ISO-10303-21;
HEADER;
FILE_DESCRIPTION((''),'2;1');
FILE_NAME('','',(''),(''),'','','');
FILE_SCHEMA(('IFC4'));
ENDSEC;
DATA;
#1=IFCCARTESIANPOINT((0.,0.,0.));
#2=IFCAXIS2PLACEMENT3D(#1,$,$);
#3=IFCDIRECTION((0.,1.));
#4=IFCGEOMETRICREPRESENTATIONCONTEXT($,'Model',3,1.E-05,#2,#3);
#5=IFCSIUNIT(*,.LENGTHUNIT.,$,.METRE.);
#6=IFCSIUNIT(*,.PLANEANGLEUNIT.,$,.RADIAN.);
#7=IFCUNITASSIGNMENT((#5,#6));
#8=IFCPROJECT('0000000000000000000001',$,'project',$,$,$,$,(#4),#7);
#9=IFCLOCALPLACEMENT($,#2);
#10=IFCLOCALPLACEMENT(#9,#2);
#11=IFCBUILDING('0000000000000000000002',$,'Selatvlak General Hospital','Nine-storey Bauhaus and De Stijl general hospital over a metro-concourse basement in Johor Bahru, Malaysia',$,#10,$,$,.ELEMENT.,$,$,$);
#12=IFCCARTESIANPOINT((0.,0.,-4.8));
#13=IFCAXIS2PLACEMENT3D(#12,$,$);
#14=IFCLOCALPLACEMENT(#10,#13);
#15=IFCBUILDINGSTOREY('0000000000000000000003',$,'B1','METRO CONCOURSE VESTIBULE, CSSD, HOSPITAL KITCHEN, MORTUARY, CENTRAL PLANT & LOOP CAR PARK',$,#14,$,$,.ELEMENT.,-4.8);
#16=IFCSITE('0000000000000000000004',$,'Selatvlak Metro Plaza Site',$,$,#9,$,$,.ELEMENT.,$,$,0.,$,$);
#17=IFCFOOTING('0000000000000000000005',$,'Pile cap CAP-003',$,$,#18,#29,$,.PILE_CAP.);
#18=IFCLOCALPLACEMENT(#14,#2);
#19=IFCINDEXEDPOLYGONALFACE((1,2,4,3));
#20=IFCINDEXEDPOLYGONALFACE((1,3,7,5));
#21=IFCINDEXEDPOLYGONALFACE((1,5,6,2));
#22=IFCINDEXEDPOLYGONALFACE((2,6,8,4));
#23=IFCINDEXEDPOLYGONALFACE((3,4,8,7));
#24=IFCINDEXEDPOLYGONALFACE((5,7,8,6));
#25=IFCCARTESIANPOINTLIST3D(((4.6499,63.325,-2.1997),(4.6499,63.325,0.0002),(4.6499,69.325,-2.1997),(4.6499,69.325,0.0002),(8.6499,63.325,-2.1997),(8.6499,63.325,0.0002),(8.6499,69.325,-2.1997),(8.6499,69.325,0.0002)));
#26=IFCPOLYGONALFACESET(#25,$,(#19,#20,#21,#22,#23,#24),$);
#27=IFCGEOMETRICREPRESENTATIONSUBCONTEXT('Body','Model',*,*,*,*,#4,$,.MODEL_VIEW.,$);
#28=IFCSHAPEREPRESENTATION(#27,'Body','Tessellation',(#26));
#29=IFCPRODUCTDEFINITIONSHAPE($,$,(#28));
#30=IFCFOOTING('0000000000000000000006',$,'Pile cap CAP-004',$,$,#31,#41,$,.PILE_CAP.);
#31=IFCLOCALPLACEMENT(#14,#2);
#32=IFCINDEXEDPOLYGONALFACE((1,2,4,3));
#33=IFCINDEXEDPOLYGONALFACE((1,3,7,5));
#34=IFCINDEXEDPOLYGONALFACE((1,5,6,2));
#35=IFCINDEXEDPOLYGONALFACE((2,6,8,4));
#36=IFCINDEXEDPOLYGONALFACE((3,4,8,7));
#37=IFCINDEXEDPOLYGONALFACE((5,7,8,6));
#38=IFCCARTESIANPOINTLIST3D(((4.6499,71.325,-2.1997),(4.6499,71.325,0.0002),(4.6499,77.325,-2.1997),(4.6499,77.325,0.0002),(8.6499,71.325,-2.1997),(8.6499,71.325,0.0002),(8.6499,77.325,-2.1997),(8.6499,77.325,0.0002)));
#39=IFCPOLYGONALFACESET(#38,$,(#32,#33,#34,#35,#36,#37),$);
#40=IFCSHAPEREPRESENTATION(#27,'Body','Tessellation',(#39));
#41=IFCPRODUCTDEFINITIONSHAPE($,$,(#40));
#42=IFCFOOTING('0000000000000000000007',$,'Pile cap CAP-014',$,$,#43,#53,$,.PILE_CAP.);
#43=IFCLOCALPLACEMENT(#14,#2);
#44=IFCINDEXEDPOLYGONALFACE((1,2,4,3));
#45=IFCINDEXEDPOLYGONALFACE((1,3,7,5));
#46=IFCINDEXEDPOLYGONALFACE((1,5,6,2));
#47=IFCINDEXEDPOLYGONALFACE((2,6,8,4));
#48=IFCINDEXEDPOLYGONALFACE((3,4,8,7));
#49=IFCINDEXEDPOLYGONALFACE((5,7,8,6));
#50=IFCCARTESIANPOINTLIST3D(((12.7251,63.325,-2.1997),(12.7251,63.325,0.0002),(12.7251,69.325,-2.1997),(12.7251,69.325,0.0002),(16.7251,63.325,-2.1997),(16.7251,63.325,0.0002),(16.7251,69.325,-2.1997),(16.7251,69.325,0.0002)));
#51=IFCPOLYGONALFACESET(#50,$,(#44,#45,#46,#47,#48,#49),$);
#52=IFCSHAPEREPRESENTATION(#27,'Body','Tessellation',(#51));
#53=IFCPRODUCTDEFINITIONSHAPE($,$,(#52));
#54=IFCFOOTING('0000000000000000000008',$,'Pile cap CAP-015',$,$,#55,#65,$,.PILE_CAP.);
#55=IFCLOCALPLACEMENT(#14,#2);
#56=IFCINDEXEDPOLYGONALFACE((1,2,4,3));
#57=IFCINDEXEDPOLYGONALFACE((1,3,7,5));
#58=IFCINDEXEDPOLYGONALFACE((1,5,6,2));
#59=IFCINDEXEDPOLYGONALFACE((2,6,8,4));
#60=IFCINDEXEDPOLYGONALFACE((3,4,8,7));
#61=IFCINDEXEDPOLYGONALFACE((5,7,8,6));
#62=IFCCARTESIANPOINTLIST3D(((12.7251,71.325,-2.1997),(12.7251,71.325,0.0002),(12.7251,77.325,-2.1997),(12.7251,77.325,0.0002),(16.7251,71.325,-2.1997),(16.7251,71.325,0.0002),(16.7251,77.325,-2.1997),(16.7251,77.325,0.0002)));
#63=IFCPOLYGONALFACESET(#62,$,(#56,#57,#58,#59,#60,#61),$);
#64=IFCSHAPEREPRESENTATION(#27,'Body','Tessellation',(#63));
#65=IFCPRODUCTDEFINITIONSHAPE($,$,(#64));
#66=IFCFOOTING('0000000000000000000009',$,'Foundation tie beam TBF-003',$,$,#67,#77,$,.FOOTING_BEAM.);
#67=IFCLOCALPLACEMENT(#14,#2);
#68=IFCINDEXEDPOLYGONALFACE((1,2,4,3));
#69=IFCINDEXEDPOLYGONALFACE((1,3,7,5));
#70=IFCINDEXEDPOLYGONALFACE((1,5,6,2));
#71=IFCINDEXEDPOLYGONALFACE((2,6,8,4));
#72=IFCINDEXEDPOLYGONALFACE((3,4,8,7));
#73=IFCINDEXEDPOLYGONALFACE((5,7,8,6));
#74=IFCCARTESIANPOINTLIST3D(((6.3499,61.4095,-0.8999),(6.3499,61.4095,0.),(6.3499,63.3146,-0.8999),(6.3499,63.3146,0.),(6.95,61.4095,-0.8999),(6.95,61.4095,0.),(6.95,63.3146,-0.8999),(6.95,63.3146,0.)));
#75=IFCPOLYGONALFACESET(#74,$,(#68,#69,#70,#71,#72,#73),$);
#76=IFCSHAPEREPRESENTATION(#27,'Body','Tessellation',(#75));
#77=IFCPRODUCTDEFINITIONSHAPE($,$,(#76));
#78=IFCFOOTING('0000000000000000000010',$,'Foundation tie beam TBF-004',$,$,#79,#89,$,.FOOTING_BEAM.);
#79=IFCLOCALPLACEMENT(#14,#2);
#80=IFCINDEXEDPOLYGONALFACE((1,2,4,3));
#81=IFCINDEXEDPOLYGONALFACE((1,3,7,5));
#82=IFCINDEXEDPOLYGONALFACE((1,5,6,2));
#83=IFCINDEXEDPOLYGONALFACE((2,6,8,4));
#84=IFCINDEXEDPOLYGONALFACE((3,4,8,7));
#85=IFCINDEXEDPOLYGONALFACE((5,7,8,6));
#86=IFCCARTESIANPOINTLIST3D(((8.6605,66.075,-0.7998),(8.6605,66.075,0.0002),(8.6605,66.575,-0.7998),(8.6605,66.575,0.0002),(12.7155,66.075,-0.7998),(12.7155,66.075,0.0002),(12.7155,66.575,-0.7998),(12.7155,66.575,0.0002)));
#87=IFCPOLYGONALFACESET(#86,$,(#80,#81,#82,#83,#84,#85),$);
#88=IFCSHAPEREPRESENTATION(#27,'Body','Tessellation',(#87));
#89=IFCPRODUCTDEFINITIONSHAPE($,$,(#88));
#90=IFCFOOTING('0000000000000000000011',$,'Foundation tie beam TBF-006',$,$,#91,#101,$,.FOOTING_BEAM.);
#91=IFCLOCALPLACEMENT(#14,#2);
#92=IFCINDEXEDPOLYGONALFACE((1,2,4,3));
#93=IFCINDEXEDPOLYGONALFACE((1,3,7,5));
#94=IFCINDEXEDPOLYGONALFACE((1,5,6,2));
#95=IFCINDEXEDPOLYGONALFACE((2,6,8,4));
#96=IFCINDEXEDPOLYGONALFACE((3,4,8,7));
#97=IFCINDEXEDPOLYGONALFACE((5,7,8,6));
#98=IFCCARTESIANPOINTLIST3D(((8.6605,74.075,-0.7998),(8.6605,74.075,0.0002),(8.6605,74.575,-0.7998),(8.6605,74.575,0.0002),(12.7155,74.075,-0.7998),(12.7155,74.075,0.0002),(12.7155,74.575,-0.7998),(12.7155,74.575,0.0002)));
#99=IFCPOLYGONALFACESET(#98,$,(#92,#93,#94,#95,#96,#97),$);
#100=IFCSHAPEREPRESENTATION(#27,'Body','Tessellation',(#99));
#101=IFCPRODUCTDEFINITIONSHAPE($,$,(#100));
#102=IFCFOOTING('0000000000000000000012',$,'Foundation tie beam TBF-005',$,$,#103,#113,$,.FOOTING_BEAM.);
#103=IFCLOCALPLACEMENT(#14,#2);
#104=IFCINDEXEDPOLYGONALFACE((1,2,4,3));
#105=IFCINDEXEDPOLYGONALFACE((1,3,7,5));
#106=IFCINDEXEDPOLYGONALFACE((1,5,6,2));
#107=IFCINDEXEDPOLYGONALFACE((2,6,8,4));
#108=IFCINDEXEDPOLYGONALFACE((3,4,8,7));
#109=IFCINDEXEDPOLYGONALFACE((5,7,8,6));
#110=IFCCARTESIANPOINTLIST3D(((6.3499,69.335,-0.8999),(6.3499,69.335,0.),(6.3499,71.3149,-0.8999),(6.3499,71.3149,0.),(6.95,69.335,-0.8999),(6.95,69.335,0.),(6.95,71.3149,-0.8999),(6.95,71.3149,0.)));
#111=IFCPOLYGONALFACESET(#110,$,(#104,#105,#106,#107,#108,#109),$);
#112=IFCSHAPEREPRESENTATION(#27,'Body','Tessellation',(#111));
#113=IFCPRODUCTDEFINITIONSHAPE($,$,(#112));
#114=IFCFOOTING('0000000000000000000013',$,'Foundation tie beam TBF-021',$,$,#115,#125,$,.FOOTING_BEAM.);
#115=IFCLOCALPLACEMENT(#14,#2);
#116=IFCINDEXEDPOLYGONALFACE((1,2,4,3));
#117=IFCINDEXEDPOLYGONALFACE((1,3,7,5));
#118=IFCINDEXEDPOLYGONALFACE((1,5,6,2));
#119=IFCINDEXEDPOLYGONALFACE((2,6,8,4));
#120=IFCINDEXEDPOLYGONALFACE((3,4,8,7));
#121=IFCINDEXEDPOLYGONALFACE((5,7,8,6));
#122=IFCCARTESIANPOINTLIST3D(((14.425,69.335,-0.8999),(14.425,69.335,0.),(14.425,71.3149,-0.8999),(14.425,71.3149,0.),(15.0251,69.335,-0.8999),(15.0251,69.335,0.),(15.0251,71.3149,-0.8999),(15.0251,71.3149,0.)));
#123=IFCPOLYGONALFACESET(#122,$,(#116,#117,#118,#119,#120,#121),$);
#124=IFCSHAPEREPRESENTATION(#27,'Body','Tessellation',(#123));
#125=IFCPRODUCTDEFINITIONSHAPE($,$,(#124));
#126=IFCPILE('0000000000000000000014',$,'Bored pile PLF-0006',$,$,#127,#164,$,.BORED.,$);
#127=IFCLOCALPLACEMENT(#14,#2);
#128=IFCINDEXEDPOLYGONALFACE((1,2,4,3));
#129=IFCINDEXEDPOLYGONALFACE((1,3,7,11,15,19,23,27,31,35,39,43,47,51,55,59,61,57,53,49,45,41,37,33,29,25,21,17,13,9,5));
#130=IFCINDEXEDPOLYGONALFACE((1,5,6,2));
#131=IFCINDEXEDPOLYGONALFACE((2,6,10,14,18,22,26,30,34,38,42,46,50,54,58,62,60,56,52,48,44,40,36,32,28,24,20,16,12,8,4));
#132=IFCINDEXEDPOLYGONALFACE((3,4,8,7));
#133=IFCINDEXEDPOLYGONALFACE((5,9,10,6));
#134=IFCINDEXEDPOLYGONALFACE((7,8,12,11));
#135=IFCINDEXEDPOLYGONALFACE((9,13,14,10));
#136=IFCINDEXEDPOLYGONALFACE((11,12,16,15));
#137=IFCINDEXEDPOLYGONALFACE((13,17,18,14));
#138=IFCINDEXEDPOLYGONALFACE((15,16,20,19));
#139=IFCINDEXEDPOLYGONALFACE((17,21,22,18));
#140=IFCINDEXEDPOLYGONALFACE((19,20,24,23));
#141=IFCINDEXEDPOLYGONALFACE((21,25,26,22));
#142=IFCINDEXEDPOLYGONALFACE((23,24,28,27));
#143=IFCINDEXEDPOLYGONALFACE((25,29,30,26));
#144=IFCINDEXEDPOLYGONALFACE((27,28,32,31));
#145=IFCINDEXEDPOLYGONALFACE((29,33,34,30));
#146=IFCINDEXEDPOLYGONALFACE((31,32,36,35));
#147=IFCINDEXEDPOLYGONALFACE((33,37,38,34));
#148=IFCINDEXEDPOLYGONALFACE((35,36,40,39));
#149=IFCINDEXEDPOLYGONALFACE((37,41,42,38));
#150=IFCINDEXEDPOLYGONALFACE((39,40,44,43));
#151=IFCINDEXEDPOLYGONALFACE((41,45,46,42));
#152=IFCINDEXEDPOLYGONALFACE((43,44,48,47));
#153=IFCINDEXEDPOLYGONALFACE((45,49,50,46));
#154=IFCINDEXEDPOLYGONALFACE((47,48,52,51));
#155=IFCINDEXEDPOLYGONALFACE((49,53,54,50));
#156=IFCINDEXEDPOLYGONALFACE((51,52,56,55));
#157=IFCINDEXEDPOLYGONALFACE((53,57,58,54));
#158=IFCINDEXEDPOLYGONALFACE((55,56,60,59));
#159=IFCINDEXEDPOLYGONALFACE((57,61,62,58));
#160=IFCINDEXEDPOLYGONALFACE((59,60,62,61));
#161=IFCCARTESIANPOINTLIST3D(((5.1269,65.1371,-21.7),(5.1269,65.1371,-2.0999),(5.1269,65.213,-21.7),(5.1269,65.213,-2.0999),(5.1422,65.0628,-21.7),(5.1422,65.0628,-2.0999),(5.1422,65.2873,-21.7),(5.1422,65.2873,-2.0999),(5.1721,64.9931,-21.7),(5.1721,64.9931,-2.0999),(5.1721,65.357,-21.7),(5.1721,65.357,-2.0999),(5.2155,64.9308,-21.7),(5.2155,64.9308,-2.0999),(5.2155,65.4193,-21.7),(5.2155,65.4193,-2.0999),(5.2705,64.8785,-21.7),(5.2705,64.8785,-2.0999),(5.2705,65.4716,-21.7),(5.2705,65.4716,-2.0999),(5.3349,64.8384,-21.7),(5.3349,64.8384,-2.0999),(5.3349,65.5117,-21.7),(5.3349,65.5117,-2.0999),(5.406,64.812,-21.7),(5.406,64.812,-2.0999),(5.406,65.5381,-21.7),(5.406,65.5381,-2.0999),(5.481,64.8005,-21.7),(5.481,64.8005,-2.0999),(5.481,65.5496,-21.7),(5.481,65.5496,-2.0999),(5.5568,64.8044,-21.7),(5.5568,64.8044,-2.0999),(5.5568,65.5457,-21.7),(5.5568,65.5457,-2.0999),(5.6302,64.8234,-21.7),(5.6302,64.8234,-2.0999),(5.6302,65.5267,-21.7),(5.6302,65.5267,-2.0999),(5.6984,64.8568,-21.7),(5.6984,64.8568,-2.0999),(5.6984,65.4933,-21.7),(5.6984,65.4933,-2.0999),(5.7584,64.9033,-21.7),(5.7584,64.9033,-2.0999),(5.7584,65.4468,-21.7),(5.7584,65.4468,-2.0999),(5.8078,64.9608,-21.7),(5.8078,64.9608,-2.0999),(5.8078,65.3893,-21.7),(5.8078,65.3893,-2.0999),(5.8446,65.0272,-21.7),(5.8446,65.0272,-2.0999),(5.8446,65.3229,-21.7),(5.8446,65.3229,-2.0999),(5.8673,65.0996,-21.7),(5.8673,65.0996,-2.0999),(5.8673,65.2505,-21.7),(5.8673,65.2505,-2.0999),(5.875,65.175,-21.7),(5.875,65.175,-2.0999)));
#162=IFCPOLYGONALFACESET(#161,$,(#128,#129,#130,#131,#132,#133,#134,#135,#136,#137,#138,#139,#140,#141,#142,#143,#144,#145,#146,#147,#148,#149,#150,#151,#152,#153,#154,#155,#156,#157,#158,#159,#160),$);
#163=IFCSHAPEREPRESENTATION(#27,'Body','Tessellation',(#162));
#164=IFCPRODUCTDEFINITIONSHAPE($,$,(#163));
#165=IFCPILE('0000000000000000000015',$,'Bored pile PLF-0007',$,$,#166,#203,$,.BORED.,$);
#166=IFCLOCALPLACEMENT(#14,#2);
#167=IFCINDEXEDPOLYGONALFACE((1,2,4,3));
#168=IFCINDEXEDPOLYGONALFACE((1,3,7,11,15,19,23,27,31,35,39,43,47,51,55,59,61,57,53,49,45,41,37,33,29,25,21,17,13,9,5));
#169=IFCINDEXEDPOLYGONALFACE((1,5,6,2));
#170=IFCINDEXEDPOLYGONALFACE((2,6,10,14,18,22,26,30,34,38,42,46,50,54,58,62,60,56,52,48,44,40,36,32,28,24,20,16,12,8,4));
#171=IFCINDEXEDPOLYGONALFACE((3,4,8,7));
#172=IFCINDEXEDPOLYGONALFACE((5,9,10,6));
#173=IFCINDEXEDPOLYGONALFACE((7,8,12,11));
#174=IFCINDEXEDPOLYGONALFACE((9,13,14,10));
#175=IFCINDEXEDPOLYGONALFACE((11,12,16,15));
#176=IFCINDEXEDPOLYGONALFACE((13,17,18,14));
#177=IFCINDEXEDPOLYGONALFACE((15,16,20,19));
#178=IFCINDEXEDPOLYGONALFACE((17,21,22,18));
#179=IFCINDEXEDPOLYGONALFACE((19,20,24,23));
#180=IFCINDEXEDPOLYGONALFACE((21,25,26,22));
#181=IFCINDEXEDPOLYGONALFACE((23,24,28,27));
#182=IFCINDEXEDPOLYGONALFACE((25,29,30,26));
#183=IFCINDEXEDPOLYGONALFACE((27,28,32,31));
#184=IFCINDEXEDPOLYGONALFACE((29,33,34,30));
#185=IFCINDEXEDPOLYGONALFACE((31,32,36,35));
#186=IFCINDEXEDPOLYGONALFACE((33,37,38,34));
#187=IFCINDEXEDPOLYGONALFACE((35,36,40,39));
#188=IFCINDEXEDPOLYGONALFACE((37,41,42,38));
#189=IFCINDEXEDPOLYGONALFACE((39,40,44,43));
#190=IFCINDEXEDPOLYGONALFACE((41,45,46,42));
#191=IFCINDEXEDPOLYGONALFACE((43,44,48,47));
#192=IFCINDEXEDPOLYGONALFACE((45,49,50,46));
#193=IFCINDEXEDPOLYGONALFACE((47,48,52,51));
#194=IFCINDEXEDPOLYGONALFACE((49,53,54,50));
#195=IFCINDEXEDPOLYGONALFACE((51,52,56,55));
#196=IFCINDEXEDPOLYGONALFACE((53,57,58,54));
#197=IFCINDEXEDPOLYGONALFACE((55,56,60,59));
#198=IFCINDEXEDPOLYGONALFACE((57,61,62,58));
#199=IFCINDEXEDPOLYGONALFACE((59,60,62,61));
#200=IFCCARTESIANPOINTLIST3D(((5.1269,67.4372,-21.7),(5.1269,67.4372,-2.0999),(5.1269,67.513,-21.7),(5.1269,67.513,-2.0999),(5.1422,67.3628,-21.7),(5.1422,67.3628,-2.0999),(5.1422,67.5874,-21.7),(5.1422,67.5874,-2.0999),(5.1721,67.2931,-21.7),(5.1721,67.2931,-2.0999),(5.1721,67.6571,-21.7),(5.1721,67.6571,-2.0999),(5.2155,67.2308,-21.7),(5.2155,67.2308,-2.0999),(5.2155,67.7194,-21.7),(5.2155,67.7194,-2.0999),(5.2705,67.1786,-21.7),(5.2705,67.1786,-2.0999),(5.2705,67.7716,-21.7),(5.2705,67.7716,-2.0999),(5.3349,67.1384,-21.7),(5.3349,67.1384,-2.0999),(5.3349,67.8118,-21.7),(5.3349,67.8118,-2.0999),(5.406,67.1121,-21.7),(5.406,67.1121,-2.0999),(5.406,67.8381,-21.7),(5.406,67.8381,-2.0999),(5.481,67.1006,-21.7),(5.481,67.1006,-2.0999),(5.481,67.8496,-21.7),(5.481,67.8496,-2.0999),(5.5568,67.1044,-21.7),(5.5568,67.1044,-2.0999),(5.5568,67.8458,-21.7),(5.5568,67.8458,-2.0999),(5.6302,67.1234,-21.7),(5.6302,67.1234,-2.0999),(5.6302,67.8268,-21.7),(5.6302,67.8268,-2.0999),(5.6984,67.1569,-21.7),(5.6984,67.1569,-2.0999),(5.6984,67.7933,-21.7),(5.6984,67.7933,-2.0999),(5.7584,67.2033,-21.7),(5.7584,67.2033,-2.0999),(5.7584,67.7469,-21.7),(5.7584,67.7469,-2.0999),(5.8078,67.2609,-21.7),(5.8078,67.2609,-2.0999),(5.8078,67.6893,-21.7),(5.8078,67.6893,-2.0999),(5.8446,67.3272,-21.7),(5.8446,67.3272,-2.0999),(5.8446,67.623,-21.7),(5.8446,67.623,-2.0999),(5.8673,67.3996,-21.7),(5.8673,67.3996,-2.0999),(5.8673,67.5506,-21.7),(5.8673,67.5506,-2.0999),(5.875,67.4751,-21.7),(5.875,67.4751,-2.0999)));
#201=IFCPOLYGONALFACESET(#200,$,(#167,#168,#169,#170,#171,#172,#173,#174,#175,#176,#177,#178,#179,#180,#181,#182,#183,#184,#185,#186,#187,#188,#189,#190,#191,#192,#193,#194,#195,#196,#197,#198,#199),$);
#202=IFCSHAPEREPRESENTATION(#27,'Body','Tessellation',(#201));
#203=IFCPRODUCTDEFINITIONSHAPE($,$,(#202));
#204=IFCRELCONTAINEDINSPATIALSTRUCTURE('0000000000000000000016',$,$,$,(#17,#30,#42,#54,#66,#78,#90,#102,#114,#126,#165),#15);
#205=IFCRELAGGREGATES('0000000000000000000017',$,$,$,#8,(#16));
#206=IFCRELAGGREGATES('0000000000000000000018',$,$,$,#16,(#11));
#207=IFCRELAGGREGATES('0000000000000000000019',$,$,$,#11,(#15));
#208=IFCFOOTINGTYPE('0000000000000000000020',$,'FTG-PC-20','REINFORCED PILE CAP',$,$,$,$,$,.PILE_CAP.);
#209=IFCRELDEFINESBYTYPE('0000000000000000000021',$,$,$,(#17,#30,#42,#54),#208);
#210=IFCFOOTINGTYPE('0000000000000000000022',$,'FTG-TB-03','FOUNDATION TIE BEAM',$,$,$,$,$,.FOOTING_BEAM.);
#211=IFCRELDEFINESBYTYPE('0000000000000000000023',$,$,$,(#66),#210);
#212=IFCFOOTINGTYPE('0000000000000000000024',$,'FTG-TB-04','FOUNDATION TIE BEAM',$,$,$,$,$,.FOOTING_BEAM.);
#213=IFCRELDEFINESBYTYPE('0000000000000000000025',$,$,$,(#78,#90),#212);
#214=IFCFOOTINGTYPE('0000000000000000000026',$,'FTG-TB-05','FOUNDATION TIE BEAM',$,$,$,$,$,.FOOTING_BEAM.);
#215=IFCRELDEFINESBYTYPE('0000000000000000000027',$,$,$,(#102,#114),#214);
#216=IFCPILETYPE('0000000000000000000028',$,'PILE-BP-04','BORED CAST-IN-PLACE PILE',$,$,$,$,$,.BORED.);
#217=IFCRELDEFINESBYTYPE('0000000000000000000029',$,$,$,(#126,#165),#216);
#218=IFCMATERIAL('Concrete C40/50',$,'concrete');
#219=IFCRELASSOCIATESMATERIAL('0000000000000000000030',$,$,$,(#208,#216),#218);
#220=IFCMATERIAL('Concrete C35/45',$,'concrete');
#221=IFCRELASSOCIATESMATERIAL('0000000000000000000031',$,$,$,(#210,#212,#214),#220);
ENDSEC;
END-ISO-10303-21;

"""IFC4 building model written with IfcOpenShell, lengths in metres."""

from ifc_helpers import new_model, si_unit, direction, frame, origin, origin_2d, place, context, subcontext, project, spatial, rectangle, circle, extrude, material, material_profile, profile_set, type_object, element, save


model = new_model("IFC4")

# Units and contexts
model_context = context("Model", 3, precision=1e-05, world=origin(), true_north=direction((0.0, 1.0)))
body_context = subcontext(model_context, "Body", "Model", "MODEL_VIEW")
ifc_project = project(units=[si_unit("LENGTHUNIT", "METRE"), si_unit("PLANEANGLEUNIT", "RADIAN")], contexts=[model_context])

# Site, building, storey
site_placement = place(None, origin())
site = spatial("IfcSite", under=ifc_project, at=site_placement, Name="Selatvlak Metro Plaza Site", CompositionType="ELEMENT", RefElevation=0.0)
building_placement = place(site_placement, origin())
building = spatial("IfcBuilding", under=site, at=building_placement, Name="Selatvlak General Hospital", Description="Nine-storey Bauhaus and De Stijl general hospital over a metro-concourse basement in Johor Bahru, Malaysia", CompositionType="ELEMENT")
storey_placement = place(building_placement, frame((0.0, 0.0, -4.8)))
storey = spatial("IfcBuildingStorey", under=building, at=storey_placement, Name="B1", Description="METRO CONCOURSE VESTIBULE, CSSD, HOSPITAL KITCHEN, MORTUARY, CENTRAL PLANT & LOOP CAR PARK", CompositionType="ELEMENT", Elevation=-4.8)

# Footings
ifc_material_1 = material(Name="Concrete C40/50", Category="concrete")
footing_type_1 = type_object("IfcFootingType", Name="FTG-PC-20", Description="REINFORCED PILE CAP", PredefinedType="PILE_CAP", material=ifc_material_1)
for number, where, z_axis, x_axis, name in (
    (1, (6.6499, 66.325, -2.1997), (0.0, 0.0, 1.0), (1.0, 0.0, 0.0), "Pile cap CAP-003"),
    (2, (6.6499, 74.325, -2.1997), (0.0, 0.0, 1.0), (1.0, 0.0, 0.0), "Pile cap CAP-004"),
    (3, (14.7251, 66.325, -2.1997), (0.0, 0.0, 1.0), (1.0, 0.0, 0.0), "Pile cap CAP-014"),
    (4, (14.7251, 74.325, -2.1997), (0.0, 0.0, 1.0), (1.0, 0.0, 0.0), "Pile cap CAP-015"),
):
    element("IfcFooting", number, at=place(storey_placement, frame(where, z_axis=z_axis, x_axis=x_axis)), inside=storey, type_object=footing_type_1, Name=name, PredefinedType="PILE_CAP", context=body_context, shape_type="SweptSolid", body=[
        extrude(rectangle(XDim=4.0, YDim=6.0, at=origin_2d()), origin(), (0.0, 0.0, 1.0), 2.2),
    ])
ifc_material_2 = material(Name="Concrete C35/45", Category="concrete")
footing_type_2 = type_object("IfcFootingType", Name="FTG-TB-03", Description="FOUNDATION TIE BEAM", PredefinedType="FOOTING_BEAM", material=ifc_material_2)
footing_placement = place(storey_placement, frame((6.6499, 62.3621, -0.8999), z_axis=(0.0, 0.0, 1.0), x_axis=(0.0, 1.0, 0.0)))
element("IfcFooting", 5, at=footing_placement, inside=storey, type_object=footing_type_2, Name="Foundation tie beam TBF-003", PredefinedType="FOOTING_BEAM", context=body_context, shape_type="SweptSolid", body=[
    extrude(rectangle(XDim=1.905, YDim=0.6001, at=origin_2d()), origin(), (0.0, 0.0, 1.0), 0.8999),
])
footing_type_3 = type_object("IfcFootingType", Name="FTG-TB-04", Description="FOUNDATION TIE BEAM", PredefinedType="FOOTING_BEAM", material=ifc_material_2)
for number, where, z_axis, x_axis, name in (
    (6, (10.688, 66.325, -0.7998), (0.0, 0.0, 1.0), (1.0, 0.0, 0.0), "Foundation tie beam TBF-004"),
    (7, (10.688, 74.325, -0.7998), (0.0, 0.0, 1.0), (1.0, 0.0, 0.0), "Foundation tie beam TBF-006"),
):
    element("IfcFooting", number, at=place(storey_placement, frame(where, z_axis=z_axis, x_axis=x_axis)), inside=storey, type_object=footing_type_3, Name=name, PredefinedType="FOOTING_BEAM", context=body_context, shape_type="SweptSolid", body=[
        extrude(rectangle(XDim=4.0549, YDim=0.5, at=origin_2d()), origin(), (0.0, 0.0, 1.0), 0.8),
    ])
footing_type_4 = type_object("IfcFootingType", Name="FTG-TB-05", Description="FOUNDATION TIE BEAM", PredefinedType="FOOTING_BEAM", material=ifc_material_2)
for number, where, z_axis, x_axis, name in (
    (8, (6.6499, 70.325, -0.8999), (0.0, 0.0, 1.0), (0.0, 1.0, 0.0), "Foundation tie beam TBF-005"),
    (9, (14.7251, 70.325, -0.8999), (0.0, 0.0, 1.0), (0.0, 1.0, 0.0), "Foundation tie beam TBF-021"),
):
    element("IfcFooting", number, at=place(storey_placement, frame(where, z_axis=z_axis, x_axis=x_axis)), inside=storey, type_object=footing_type_4, Name=name, PredefinedType="FOOTING_BEAM", context=body_context, shape_type="SweptSolid", body=[
        extrude(rectangle(XDim=1.98, YDim=0.6001, at=origin_2d()), origin(), (0.0, 0.0, 1.0), 0.8999),
    ])

# Piles
ifc_material_profile_1 = material_profile(ifc_material_1, circle(Radius=0.375, at=origin_2d()), Name="BORED PILE 750")
ifc_profile_set_1 = profile_set([ifc_material_profile_1], Name="Concrete C40/50")
pile_type_1 = type_object("IfcPileType", Name="PILE-BP-04", Description="BORED CAST-IN-PLACE PILE", PredefinedType="BORED", material=ifc_profile_set_1)
for number, where, z_axis, x_axis, name in (
    (10, (5.5, 65.175, -2.0999), (0.0, 0.0, -1.0), (1.0, 0.0, 0.0), "Bored pile PLF-0006"),
    (11, (5.5, 67.4751, -2.0999), (0.0, 0.0, -1.0), (1.0, 0.0, 0.0), "Bored pile PLF-0007"),
):
    element("IfcPile", number, at=place(storey_placement, frame(where, z_axis=z_axis, x_axis=x_axis)), inside=storey, type_object=pile_type_1, Name=name, PredefinedType="BORED", context=body_context, shape_type="SweptSolid", body=[
        extrude(circle(Radius=0.375, at=origin_2d()), origin(), (0.0, 0.0, 1.0), 19.6001),
    ])

save(model, "model.ifc")
